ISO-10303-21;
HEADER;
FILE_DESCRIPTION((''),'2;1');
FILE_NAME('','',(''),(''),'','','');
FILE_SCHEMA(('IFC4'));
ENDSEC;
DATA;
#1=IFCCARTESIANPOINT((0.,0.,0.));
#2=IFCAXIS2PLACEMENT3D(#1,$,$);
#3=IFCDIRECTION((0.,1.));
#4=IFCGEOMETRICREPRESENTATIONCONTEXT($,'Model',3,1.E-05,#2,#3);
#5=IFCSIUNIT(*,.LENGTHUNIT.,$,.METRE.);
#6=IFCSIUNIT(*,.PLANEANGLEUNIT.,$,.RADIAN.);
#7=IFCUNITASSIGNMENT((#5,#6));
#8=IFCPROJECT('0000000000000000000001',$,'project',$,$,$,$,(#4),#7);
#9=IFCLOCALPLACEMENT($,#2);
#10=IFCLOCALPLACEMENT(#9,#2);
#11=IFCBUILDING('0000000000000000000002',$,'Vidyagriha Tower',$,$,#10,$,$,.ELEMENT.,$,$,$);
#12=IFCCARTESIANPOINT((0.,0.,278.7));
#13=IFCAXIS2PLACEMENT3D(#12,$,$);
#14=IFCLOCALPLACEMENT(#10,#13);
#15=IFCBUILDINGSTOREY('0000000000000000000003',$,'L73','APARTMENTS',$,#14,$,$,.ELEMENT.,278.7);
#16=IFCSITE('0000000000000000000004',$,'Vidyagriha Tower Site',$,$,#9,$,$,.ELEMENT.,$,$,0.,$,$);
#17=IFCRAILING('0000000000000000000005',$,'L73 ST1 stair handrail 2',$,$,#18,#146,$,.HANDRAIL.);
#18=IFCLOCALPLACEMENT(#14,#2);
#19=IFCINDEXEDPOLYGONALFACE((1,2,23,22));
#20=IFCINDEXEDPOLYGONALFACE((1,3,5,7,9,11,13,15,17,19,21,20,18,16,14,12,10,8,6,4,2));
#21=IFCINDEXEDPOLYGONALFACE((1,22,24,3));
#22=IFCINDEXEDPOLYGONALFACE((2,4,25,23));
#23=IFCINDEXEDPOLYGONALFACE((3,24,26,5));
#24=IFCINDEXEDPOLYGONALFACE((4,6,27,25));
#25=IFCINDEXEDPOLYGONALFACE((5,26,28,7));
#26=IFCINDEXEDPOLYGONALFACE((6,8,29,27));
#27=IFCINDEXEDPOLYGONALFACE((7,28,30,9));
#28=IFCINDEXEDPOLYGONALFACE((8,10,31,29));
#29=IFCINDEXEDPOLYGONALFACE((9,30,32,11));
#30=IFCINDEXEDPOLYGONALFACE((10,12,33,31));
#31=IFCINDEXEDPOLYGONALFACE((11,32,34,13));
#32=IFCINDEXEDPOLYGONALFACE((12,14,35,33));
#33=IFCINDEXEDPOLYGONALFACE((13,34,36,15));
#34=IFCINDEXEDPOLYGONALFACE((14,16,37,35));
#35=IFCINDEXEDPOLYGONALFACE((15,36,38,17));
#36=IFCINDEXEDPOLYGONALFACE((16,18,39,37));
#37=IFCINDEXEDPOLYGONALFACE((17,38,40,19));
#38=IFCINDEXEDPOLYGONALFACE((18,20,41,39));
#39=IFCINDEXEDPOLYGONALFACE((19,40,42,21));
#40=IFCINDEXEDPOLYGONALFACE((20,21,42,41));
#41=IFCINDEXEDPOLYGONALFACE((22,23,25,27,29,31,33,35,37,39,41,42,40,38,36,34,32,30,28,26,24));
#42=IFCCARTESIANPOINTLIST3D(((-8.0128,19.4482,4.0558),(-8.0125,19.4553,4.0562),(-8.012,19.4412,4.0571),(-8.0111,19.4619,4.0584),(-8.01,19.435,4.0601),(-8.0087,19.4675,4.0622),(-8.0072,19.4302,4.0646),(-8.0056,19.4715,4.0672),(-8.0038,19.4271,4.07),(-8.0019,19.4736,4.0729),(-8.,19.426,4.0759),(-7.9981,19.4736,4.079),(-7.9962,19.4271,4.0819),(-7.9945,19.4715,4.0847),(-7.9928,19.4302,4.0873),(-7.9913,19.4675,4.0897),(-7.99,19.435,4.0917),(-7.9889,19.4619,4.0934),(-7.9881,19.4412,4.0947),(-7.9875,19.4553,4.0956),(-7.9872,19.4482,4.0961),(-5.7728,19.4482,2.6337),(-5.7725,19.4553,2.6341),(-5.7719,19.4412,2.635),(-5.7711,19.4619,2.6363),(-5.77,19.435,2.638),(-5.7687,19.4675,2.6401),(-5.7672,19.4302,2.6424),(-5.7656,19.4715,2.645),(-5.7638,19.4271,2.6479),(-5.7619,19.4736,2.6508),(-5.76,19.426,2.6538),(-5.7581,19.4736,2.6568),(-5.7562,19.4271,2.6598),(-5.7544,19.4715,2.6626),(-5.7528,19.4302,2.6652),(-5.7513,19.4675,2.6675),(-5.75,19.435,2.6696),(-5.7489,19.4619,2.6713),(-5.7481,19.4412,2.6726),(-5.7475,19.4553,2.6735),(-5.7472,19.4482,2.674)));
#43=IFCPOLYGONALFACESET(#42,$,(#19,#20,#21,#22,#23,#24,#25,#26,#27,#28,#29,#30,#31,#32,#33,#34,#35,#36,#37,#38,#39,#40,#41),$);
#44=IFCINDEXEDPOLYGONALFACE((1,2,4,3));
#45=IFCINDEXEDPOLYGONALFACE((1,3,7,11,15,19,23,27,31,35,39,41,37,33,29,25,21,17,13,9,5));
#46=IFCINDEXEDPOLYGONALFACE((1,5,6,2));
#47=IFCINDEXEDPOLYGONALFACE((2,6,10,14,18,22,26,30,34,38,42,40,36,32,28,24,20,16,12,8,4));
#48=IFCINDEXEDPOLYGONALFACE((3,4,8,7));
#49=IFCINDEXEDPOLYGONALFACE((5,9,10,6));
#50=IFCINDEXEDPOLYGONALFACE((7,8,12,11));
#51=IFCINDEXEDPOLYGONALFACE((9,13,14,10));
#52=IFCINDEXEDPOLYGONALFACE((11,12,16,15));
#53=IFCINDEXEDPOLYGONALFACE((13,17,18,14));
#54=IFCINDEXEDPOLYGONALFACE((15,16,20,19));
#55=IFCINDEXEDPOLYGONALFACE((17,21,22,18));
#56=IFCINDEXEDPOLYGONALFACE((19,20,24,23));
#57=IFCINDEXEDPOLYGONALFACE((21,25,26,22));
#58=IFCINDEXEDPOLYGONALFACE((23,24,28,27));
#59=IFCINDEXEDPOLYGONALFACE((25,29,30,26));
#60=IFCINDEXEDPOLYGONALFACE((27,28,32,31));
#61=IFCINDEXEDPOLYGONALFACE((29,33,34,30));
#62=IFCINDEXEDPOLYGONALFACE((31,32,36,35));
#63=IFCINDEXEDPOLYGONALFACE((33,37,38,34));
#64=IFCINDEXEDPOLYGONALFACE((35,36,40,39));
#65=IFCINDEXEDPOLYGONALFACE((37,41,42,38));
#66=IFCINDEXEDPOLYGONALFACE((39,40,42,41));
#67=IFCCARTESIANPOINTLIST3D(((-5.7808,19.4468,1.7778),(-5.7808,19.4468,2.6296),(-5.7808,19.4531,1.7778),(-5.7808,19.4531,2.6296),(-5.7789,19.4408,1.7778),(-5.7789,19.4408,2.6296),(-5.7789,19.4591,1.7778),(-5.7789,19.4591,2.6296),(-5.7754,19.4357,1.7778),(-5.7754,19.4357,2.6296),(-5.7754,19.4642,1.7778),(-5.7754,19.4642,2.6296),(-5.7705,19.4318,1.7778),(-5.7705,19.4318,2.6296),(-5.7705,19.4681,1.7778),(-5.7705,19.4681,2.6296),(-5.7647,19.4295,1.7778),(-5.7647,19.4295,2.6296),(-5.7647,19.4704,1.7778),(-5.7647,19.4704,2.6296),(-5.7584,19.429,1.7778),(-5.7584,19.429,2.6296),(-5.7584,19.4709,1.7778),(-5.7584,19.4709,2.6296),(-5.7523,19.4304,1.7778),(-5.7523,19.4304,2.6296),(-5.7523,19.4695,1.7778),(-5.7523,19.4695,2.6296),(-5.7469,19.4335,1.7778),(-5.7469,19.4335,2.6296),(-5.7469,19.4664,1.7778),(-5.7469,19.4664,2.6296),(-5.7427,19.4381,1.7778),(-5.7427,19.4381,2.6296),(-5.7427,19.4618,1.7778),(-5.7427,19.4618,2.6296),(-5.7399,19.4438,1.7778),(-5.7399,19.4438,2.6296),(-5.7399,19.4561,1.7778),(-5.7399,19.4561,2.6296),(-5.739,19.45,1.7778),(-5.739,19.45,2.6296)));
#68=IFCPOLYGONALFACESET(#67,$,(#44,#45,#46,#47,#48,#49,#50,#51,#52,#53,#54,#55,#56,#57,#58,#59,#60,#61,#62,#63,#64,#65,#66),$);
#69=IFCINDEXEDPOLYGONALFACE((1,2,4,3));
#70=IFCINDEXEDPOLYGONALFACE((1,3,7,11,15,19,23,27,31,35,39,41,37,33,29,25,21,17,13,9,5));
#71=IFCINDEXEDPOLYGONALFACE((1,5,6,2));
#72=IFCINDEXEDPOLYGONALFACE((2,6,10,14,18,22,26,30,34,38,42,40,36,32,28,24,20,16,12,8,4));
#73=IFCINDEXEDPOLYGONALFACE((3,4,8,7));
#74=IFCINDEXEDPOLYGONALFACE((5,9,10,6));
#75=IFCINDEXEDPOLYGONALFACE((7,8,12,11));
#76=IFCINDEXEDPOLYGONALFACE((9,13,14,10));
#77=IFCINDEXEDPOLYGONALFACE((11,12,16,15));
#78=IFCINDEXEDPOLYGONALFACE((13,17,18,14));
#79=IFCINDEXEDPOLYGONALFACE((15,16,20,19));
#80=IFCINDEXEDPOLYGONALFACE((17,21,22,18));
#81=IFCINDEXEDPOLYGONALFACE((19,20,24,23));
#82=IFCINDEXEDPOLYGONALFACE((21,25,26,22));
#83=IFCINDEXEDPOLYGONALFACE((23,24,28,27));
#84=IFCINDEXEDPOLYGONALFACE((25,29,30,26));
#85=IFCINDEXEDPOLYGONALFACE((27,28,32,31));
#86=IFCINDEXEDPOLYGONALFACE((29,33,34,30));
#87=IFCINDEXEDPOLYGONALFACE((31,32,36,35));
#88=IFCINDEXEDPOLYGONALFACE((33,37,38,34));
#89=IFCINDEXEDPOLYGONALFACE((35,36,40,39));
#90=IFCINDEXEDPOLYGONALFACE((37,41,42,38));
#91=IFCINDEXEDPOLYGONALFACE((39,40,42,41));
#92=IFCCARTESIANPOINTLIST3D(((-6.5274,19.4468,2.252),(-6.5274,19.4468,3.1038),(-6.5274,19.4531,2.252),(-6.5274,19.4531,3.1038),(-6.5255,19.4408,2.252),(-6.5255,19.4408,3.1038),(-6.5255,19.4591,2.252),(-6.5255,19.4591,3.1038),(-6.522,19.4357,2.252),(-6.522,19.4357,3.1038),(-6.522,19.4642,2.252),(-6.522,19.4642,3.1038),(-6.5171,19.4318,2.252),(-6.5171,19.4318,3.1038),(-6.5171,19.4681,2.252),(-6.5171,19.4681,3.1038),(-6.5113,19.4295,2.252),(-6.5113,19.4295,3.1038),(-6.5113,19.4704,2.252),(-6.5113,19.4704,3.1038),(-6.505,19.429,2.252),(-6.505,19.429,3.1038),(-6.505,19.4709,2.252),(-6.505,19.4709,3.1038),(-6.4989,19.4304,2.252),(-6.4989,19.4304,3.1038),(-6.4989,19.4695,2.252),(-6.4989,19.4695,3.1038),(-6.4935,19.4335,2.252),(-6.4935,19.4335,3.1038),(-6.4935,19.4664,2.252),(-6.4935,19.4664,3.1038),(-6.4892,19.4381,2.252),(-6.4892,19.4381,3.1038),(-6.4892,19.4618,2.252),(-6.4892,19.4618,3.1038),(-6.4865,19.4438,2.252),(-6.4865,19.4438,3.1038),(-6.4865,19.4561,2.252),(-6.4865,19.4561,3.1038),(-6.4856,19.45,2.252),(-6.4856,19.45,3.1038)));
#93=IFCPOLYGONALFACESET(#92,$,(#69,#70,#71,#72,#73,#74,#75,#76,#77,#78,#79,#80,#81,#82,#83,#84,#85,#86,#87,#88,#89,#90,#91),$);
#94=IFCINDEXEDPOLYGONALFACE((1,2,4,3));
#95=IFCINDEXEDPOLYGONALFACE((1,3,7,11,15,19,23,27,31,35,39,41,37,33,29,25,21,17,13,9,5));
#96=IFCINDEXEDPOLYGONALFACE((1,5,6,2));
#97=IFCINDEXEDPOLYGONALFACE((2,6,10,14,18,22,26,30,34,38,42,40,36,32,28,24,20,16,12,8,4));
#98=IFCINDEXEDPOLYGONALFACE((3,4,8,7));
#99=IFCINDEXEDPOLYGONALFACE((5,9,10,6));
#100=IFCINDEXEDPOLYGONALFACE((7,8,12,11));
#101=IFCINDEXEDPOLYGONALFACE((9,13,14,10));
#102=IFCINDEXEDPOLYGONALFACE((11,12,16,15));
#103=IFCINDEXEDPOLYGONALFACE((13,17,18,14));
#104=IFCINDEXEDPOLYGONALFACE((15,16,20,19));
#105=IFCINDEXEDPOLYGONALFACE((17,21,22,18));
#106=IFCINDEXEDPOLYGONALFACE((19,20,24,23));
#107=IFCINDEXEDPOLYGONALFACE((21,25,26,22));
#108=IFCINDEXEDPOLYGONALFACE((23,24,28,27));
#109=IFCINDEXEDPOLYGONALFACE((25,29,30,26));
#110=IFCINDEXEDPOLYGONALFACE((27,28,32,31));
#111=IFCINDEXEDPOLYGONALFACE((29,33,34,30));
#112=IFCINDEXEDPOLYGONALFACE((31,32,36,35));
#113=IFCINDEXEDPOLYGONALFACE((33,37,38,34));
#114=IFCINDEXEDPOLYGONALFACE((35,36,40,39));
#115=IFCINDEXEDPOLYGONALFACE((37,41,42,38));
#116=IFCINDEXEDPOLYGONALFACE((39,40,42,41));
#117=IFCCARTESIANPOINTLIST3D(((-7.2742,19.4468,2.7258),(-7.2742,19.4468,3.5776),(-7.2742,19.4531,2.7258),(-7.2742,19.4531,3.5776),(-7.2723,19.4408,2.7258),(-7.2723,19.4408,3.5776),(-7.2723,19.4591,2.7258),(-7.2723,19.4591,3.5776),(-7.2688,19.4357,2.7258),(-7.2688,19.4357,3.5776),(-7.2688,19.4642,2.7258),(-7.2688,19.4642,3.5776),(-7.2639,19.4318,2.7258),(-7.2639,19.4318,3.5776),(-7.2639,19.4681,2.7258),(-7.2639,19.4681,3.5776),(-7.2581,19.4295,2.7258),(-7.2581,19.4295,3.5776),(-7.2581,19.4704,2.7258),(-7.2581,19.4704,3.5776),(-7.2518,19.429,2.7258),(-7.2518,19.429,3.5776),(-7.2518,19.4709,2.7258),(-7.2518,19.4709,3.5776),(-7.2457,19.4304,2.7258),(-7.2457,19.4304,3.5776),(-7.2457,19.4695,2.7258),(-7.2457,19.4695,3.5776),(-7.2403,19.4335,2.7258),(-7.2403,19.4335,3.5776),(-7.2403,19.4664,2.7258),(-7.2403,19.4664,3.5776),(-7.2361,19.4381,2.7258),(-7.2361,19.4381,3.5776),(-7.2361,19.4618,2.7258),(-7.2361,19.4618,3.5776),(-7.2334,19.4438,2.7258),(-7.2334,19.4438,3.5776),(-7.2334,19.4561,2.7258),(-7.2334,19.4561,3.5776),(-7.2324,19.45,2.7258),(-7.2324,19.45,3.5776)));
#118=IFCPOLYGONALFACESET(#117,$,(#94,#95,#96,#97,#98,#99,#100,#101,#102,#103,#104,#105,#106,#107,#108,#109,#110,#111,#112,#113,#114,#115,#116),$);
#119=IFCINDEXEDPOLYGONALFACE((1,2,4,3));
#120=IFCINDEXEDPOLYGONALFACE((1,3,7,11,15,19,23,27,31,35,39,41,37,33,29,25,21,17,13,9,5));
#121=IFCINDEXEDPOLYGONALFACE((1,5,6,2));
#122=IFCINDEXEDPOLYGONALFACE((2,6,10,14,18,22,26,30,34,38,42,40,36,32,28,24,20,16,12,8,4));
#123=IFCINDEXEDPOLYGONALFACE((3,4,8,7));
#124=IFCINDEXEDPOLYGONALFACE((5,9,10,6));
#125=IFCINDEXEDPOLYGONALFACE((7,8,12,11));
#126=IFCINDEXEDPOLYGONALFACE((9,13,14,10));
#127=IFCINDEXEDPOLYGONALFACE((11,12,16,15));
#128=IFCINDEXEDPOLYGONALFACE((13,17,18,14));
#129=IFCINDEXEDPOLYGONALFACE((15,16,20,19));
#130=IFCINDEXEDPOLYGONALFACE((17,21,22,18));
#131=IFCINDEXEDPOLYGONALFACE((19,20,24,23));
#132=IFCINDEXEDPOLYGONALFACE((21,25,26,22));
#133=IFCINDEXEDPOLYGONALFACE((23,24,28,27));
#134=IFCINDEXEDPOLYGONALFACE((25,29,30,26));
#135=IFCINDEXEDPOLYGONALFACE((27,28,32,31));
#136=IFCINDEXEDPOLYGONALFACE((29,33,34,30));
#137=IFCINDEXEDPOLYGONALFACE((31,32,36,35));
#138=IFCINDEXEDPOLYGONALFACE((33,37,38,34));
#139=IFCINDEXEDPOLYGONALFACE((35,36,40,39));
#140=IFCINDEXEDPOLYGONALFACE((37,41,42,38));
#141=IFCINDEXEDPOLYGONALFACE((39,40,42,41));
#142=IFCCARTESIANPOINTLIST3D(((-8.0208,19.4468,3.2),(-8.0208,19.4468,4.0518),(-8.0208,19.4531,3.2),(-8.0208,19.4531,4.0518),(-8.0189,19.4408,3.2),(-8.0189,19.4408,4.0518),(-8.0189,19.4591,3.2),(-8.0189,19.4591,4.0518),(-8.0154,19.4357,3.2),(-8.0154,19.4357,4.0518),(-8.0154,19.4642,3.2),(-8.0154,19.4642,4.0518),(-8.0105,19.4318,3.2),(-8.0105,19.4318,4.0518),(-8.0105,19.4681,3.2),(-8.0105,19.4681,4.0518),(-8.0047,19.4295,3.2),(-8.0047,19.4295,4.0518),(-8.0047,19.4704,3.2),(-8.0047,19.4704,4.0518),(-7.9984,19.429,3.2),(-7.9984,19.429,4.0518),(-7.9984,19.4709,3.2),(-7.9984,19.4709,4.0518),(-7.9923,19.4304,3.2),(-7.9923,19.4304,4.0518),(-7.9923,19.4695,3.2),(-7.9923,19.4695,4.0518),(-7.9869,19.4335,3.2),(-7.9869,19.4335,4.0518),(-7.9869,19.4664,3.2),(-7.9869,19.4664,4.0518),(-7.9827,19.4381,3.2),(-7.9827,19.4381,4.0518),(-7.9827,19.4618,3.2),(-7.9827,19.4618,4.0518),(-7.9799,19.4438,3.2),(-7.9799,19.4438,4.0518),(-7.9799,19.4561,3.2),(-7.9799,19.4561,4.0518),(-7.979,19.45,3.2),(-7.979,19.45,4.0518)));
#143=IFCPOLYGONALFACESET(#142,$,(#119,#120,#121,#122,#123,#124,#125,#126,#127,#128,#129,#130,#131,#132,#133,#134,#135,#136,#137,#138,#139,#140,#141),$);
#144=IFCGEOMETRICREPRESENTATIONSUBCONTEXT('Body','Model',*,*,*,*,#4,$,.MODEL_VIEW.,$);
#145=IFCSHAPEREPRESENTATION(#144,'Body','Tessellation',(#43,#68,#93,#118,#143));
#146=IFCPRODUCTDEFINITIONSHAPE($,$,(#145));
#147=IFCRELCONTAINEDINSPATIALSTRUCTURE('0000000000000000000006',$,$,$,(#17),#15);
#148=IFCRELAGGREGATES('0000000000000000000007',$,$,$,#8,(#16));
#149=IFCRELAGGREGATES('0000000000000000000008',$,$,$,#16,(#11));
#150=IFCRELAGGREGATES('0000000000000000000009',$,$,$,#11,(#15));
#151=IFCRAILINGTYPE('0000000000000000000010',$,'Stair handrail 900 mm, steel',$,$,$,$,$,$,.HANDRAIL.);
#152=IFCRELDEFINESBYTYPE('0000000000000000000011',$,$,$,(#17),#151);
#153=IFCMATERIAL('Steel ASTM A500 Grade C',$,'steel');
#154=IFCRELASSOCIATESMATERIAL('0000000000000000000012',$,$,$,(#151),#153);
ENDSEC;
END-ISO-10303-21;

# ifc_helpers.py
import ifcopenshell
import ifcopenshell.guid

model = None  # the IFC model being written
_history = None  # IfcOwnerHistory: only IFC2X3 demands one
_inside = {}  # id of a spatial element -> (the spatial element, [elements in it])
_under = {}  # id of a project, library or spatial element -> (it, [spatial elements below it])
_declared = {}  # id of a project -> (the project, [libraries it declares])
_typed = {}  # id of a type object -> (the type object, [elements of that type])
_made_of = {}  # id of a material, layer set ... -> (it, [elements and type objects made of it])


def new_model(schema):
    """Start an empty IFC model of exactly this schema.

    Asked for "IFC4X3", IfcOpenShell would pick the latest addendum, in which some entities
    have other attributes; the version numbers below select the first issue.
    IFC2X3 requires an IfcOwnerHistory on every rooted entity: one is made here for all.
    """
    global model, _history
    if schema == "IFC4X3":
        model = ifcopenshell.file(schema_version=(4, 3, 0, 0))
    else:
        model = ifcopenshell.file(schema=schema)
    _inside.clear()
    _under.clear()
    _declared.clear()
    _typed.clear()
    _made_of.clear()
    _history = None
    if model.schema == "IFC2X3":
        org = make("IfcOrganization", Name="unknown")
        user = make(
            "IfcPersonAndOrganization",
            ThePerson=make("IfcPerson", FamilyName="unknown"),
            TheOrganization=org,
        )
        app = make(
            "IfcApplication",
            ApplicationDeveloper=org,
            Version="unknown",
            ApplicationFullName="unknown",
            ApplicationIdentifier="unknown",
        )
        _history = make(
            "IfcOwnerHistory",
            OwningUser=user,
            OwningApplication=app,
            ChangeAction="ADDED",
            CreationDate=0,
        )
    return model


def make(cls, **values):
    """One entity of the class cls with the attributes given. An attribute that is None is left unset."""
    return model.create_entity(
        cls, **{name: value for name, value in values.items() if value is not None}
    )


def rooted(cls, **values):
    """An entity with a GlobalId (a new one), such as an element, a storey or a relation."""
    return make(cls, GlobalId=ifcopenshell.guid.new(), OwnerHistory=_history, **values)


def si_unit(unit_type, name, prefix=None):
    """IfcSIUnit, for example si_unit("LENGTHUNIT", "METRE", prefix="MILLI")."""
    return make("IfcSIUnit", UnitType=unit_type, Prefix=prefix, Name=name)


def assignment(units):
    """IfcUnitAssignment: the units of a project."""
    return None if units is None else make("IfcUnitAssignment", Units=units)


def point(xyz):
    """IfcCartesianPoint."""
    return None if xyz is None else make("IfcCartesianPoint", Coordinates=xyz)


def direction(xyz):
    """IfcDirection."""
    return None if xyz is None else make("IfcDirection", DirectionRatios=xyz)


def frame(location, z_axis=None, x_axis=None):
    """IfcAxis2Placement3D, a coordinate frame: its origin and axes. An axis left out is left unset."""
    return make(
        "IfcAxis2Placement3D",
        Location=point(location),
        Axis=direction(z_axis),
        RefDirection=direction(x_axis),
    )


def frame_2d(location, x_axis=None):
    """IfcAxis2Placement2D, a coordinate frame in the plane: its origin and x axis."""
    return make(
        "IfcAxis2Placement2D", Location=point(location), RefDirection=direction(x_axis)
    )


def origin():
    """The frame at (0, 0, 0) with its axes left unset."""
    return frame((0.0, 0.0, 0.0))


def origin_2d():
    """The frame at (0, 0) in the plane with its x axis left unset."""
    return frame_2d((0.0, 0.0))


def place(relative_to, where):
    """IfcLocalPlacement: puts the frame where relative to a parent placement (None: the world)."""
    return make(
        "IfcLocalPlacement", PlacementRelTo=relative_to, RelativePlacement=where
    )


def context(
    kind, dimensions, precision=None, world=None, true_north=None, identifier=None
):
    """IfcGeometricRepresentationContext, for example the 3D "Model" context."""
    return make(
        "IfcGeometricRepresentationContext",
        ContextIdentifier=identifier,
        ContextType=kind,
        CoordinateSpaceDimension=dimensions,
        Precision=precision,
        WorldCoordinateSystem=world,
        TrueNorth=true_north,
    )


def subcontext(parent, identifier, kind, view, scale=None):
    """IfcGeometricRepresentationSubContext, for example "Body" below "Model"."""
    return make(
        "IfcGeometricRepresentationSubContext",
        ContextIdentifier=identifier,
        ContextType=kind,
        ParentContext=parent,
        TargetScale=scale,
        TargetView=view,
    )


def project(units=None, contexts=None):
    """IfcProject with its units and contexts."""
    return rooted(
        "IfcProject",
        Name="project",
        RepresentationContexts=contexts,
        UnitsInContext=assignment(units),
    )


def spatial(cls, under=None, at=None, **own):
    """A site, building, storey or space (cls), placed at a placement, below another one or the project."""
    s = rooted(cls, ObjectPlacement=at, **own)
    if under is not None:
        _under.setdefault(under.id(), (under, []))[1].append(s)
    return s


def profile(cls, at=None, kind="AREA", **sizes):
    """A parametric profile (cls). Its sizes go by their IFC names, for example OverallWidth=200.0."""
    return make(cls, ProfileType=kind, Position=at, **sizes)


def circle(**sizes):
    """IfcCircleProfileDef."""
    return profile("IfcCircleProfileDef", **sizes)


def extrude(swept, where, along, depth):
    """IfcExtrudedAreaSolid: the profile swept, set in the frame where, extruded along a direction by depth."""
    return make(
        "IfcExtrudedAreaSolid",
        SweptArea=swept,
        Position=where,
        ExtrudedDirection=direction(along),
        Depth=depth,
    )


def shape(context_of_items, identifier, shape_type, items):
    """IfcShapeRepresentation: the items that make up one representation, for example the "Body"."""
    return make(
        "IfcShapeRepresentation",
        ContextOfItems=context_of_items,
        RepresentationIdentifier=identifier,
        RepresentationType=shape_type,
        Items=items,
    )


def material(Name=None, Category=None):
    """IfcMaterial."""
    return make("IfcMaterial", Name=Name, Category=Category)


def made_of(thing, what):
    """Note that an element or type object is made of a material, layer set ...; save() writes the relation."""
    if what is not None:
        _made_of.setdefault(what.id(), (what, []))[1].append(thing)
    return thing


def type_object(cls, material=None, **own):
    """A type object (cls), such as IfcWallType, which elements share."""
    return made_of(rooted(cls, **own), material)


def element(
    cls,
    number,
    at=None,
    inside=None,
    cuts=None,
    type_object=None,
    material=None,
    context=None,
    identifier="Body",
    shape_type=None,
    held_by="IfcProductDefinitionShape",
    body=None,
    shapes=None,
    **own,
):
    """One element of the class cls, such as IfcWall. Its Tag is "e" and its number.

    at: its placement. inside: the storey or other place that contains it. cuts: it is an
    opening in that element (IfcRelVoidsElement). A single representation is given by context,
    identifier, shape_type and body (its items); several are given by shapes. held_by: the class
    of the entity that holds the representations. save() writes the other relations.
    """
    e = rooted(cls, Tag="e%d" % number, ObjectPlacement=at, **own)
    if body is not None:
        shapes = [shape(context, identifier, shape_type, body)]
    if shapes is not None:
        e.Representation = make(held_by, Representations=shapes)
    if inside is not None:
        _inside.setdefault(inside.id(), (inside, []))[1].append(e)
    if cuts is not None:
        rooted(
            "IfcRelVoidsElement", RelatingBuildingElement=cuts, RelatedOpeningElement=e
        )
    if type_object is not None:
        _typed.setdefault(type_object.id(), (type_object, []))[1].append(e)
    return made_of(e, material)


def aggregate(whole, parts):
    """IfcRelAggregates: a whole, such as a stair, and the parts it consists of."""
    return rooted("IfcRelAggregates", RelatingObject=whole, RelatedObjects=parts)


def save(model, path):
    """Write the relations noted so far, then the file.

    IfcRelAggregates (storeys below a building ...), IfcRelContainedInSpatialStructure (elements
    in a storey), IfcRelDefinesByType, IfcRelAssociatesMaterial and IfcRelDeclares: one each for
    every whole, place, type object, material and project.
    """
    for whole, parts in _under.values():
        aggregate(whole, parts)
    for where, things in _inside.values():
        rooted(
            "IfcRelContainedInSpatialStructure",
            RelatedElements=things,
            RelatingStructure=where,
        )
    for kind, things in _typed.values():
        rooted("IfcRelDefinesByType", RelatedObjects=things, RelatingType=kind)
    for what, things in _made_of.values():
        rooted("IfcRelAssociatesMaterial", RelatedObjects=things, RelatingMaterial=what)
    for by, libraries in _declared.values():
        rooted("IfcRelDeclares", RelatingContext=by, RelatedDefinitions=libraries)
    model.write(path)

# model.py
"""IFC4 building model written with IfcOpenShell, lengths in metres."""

from ifc_helpers import new_model, si_unit, direction, frame, origin, origin_2d, place, context, subcontext, project, spatial, circle, extrude, material, type_object, element, save


model = new_model("IFC4")

# Units and contexts
model_context = context("Model", 3, precision=1e-05, world=origin(), true_north=direction((0.0, 1.0)))
body_context = subcontext(model_context, "Body", "Model", "MODEL_VIEW")
ifc_project = project(units=[si_unit("LENGTHUNIT", "METRE"), si_unit("PLANEANGLEUNIT", "RADIAN")], contexts=[model_context])

# Site, building, storey
site_placement = place(None, origin())
site = spatial("IfcSite", under=ifc_project, at=site_placement, Name="Vidyagriha Tower Site", CompositionType="ELEMENT", RefElevation=0.0)
building_placement = place(site_placement, origin())
building = spatial("IfcBuilding", under=site, at=building_placement, Name="Vidyagriha Tower", CompositionType="ELEMENT")
storey_placement = place(building_placement, frame((0.0, 0.0, 278.7)))
storey = spatial("IfcBuildingStorey", under=building, at=storey_placement, Name="L73", Description="APARTMENTS", CompositionType="ELEMENT", Elevation=278.7)

# Railing
ifc_material_1 = material(Name="Steel ASTM A500 Grade C", Category="steel")
railing_type_1 = type_object("IfcRailingType", Name="Stair handrail 900 mm, steel", PredefinedType="HANDRAIL", material=ifc_material_1)
railing_1_placement = place(storey_placement, frame((-5.76, 19.45, 1.7778)))
element("IfcRailing", 1, at=railing_1_placement, inside=storey, type_object=railing_type_1, Name="L73 ST1 stair handrail 2", PredefinedType="HANDRAIL", context=body_context, shape_type="SweptSolid", body=[
    extrude(circle(Radius=0.0239, at=origin_2d()), frame((0.0, 0.0, 0.876), z_axis=(-0.844229, 0.0, 0.535982), x_axis=(0.0, -1.0, 0.0)), (0.0, 0.0, 1.0), 2.6533),
    extrude(circle(Radius=0.021, at=origin_2d()), origin(), (0.0, 0.0, 1.0), 0.8518),
    extrude(circle(Radius=0.021, at=origin_2d()), frame((-0.7466, 0.0, 0.4741)), (0.0, 0.0, 1.0), 0.8518),
    extrude(circle(Radius=0.021, at=origin_2d()), frame((-1.4934, 0.0, 0.948)), (0.0, 0.0, 1.0), 0.8518),
    extrude(circle(Radius=0.021, at=origin_2d()), frame((-2.24, 0.0, 1.4221)), (0.0, 0.0, 1.0), 0.8518),
])

save(model, "model.ifc")
